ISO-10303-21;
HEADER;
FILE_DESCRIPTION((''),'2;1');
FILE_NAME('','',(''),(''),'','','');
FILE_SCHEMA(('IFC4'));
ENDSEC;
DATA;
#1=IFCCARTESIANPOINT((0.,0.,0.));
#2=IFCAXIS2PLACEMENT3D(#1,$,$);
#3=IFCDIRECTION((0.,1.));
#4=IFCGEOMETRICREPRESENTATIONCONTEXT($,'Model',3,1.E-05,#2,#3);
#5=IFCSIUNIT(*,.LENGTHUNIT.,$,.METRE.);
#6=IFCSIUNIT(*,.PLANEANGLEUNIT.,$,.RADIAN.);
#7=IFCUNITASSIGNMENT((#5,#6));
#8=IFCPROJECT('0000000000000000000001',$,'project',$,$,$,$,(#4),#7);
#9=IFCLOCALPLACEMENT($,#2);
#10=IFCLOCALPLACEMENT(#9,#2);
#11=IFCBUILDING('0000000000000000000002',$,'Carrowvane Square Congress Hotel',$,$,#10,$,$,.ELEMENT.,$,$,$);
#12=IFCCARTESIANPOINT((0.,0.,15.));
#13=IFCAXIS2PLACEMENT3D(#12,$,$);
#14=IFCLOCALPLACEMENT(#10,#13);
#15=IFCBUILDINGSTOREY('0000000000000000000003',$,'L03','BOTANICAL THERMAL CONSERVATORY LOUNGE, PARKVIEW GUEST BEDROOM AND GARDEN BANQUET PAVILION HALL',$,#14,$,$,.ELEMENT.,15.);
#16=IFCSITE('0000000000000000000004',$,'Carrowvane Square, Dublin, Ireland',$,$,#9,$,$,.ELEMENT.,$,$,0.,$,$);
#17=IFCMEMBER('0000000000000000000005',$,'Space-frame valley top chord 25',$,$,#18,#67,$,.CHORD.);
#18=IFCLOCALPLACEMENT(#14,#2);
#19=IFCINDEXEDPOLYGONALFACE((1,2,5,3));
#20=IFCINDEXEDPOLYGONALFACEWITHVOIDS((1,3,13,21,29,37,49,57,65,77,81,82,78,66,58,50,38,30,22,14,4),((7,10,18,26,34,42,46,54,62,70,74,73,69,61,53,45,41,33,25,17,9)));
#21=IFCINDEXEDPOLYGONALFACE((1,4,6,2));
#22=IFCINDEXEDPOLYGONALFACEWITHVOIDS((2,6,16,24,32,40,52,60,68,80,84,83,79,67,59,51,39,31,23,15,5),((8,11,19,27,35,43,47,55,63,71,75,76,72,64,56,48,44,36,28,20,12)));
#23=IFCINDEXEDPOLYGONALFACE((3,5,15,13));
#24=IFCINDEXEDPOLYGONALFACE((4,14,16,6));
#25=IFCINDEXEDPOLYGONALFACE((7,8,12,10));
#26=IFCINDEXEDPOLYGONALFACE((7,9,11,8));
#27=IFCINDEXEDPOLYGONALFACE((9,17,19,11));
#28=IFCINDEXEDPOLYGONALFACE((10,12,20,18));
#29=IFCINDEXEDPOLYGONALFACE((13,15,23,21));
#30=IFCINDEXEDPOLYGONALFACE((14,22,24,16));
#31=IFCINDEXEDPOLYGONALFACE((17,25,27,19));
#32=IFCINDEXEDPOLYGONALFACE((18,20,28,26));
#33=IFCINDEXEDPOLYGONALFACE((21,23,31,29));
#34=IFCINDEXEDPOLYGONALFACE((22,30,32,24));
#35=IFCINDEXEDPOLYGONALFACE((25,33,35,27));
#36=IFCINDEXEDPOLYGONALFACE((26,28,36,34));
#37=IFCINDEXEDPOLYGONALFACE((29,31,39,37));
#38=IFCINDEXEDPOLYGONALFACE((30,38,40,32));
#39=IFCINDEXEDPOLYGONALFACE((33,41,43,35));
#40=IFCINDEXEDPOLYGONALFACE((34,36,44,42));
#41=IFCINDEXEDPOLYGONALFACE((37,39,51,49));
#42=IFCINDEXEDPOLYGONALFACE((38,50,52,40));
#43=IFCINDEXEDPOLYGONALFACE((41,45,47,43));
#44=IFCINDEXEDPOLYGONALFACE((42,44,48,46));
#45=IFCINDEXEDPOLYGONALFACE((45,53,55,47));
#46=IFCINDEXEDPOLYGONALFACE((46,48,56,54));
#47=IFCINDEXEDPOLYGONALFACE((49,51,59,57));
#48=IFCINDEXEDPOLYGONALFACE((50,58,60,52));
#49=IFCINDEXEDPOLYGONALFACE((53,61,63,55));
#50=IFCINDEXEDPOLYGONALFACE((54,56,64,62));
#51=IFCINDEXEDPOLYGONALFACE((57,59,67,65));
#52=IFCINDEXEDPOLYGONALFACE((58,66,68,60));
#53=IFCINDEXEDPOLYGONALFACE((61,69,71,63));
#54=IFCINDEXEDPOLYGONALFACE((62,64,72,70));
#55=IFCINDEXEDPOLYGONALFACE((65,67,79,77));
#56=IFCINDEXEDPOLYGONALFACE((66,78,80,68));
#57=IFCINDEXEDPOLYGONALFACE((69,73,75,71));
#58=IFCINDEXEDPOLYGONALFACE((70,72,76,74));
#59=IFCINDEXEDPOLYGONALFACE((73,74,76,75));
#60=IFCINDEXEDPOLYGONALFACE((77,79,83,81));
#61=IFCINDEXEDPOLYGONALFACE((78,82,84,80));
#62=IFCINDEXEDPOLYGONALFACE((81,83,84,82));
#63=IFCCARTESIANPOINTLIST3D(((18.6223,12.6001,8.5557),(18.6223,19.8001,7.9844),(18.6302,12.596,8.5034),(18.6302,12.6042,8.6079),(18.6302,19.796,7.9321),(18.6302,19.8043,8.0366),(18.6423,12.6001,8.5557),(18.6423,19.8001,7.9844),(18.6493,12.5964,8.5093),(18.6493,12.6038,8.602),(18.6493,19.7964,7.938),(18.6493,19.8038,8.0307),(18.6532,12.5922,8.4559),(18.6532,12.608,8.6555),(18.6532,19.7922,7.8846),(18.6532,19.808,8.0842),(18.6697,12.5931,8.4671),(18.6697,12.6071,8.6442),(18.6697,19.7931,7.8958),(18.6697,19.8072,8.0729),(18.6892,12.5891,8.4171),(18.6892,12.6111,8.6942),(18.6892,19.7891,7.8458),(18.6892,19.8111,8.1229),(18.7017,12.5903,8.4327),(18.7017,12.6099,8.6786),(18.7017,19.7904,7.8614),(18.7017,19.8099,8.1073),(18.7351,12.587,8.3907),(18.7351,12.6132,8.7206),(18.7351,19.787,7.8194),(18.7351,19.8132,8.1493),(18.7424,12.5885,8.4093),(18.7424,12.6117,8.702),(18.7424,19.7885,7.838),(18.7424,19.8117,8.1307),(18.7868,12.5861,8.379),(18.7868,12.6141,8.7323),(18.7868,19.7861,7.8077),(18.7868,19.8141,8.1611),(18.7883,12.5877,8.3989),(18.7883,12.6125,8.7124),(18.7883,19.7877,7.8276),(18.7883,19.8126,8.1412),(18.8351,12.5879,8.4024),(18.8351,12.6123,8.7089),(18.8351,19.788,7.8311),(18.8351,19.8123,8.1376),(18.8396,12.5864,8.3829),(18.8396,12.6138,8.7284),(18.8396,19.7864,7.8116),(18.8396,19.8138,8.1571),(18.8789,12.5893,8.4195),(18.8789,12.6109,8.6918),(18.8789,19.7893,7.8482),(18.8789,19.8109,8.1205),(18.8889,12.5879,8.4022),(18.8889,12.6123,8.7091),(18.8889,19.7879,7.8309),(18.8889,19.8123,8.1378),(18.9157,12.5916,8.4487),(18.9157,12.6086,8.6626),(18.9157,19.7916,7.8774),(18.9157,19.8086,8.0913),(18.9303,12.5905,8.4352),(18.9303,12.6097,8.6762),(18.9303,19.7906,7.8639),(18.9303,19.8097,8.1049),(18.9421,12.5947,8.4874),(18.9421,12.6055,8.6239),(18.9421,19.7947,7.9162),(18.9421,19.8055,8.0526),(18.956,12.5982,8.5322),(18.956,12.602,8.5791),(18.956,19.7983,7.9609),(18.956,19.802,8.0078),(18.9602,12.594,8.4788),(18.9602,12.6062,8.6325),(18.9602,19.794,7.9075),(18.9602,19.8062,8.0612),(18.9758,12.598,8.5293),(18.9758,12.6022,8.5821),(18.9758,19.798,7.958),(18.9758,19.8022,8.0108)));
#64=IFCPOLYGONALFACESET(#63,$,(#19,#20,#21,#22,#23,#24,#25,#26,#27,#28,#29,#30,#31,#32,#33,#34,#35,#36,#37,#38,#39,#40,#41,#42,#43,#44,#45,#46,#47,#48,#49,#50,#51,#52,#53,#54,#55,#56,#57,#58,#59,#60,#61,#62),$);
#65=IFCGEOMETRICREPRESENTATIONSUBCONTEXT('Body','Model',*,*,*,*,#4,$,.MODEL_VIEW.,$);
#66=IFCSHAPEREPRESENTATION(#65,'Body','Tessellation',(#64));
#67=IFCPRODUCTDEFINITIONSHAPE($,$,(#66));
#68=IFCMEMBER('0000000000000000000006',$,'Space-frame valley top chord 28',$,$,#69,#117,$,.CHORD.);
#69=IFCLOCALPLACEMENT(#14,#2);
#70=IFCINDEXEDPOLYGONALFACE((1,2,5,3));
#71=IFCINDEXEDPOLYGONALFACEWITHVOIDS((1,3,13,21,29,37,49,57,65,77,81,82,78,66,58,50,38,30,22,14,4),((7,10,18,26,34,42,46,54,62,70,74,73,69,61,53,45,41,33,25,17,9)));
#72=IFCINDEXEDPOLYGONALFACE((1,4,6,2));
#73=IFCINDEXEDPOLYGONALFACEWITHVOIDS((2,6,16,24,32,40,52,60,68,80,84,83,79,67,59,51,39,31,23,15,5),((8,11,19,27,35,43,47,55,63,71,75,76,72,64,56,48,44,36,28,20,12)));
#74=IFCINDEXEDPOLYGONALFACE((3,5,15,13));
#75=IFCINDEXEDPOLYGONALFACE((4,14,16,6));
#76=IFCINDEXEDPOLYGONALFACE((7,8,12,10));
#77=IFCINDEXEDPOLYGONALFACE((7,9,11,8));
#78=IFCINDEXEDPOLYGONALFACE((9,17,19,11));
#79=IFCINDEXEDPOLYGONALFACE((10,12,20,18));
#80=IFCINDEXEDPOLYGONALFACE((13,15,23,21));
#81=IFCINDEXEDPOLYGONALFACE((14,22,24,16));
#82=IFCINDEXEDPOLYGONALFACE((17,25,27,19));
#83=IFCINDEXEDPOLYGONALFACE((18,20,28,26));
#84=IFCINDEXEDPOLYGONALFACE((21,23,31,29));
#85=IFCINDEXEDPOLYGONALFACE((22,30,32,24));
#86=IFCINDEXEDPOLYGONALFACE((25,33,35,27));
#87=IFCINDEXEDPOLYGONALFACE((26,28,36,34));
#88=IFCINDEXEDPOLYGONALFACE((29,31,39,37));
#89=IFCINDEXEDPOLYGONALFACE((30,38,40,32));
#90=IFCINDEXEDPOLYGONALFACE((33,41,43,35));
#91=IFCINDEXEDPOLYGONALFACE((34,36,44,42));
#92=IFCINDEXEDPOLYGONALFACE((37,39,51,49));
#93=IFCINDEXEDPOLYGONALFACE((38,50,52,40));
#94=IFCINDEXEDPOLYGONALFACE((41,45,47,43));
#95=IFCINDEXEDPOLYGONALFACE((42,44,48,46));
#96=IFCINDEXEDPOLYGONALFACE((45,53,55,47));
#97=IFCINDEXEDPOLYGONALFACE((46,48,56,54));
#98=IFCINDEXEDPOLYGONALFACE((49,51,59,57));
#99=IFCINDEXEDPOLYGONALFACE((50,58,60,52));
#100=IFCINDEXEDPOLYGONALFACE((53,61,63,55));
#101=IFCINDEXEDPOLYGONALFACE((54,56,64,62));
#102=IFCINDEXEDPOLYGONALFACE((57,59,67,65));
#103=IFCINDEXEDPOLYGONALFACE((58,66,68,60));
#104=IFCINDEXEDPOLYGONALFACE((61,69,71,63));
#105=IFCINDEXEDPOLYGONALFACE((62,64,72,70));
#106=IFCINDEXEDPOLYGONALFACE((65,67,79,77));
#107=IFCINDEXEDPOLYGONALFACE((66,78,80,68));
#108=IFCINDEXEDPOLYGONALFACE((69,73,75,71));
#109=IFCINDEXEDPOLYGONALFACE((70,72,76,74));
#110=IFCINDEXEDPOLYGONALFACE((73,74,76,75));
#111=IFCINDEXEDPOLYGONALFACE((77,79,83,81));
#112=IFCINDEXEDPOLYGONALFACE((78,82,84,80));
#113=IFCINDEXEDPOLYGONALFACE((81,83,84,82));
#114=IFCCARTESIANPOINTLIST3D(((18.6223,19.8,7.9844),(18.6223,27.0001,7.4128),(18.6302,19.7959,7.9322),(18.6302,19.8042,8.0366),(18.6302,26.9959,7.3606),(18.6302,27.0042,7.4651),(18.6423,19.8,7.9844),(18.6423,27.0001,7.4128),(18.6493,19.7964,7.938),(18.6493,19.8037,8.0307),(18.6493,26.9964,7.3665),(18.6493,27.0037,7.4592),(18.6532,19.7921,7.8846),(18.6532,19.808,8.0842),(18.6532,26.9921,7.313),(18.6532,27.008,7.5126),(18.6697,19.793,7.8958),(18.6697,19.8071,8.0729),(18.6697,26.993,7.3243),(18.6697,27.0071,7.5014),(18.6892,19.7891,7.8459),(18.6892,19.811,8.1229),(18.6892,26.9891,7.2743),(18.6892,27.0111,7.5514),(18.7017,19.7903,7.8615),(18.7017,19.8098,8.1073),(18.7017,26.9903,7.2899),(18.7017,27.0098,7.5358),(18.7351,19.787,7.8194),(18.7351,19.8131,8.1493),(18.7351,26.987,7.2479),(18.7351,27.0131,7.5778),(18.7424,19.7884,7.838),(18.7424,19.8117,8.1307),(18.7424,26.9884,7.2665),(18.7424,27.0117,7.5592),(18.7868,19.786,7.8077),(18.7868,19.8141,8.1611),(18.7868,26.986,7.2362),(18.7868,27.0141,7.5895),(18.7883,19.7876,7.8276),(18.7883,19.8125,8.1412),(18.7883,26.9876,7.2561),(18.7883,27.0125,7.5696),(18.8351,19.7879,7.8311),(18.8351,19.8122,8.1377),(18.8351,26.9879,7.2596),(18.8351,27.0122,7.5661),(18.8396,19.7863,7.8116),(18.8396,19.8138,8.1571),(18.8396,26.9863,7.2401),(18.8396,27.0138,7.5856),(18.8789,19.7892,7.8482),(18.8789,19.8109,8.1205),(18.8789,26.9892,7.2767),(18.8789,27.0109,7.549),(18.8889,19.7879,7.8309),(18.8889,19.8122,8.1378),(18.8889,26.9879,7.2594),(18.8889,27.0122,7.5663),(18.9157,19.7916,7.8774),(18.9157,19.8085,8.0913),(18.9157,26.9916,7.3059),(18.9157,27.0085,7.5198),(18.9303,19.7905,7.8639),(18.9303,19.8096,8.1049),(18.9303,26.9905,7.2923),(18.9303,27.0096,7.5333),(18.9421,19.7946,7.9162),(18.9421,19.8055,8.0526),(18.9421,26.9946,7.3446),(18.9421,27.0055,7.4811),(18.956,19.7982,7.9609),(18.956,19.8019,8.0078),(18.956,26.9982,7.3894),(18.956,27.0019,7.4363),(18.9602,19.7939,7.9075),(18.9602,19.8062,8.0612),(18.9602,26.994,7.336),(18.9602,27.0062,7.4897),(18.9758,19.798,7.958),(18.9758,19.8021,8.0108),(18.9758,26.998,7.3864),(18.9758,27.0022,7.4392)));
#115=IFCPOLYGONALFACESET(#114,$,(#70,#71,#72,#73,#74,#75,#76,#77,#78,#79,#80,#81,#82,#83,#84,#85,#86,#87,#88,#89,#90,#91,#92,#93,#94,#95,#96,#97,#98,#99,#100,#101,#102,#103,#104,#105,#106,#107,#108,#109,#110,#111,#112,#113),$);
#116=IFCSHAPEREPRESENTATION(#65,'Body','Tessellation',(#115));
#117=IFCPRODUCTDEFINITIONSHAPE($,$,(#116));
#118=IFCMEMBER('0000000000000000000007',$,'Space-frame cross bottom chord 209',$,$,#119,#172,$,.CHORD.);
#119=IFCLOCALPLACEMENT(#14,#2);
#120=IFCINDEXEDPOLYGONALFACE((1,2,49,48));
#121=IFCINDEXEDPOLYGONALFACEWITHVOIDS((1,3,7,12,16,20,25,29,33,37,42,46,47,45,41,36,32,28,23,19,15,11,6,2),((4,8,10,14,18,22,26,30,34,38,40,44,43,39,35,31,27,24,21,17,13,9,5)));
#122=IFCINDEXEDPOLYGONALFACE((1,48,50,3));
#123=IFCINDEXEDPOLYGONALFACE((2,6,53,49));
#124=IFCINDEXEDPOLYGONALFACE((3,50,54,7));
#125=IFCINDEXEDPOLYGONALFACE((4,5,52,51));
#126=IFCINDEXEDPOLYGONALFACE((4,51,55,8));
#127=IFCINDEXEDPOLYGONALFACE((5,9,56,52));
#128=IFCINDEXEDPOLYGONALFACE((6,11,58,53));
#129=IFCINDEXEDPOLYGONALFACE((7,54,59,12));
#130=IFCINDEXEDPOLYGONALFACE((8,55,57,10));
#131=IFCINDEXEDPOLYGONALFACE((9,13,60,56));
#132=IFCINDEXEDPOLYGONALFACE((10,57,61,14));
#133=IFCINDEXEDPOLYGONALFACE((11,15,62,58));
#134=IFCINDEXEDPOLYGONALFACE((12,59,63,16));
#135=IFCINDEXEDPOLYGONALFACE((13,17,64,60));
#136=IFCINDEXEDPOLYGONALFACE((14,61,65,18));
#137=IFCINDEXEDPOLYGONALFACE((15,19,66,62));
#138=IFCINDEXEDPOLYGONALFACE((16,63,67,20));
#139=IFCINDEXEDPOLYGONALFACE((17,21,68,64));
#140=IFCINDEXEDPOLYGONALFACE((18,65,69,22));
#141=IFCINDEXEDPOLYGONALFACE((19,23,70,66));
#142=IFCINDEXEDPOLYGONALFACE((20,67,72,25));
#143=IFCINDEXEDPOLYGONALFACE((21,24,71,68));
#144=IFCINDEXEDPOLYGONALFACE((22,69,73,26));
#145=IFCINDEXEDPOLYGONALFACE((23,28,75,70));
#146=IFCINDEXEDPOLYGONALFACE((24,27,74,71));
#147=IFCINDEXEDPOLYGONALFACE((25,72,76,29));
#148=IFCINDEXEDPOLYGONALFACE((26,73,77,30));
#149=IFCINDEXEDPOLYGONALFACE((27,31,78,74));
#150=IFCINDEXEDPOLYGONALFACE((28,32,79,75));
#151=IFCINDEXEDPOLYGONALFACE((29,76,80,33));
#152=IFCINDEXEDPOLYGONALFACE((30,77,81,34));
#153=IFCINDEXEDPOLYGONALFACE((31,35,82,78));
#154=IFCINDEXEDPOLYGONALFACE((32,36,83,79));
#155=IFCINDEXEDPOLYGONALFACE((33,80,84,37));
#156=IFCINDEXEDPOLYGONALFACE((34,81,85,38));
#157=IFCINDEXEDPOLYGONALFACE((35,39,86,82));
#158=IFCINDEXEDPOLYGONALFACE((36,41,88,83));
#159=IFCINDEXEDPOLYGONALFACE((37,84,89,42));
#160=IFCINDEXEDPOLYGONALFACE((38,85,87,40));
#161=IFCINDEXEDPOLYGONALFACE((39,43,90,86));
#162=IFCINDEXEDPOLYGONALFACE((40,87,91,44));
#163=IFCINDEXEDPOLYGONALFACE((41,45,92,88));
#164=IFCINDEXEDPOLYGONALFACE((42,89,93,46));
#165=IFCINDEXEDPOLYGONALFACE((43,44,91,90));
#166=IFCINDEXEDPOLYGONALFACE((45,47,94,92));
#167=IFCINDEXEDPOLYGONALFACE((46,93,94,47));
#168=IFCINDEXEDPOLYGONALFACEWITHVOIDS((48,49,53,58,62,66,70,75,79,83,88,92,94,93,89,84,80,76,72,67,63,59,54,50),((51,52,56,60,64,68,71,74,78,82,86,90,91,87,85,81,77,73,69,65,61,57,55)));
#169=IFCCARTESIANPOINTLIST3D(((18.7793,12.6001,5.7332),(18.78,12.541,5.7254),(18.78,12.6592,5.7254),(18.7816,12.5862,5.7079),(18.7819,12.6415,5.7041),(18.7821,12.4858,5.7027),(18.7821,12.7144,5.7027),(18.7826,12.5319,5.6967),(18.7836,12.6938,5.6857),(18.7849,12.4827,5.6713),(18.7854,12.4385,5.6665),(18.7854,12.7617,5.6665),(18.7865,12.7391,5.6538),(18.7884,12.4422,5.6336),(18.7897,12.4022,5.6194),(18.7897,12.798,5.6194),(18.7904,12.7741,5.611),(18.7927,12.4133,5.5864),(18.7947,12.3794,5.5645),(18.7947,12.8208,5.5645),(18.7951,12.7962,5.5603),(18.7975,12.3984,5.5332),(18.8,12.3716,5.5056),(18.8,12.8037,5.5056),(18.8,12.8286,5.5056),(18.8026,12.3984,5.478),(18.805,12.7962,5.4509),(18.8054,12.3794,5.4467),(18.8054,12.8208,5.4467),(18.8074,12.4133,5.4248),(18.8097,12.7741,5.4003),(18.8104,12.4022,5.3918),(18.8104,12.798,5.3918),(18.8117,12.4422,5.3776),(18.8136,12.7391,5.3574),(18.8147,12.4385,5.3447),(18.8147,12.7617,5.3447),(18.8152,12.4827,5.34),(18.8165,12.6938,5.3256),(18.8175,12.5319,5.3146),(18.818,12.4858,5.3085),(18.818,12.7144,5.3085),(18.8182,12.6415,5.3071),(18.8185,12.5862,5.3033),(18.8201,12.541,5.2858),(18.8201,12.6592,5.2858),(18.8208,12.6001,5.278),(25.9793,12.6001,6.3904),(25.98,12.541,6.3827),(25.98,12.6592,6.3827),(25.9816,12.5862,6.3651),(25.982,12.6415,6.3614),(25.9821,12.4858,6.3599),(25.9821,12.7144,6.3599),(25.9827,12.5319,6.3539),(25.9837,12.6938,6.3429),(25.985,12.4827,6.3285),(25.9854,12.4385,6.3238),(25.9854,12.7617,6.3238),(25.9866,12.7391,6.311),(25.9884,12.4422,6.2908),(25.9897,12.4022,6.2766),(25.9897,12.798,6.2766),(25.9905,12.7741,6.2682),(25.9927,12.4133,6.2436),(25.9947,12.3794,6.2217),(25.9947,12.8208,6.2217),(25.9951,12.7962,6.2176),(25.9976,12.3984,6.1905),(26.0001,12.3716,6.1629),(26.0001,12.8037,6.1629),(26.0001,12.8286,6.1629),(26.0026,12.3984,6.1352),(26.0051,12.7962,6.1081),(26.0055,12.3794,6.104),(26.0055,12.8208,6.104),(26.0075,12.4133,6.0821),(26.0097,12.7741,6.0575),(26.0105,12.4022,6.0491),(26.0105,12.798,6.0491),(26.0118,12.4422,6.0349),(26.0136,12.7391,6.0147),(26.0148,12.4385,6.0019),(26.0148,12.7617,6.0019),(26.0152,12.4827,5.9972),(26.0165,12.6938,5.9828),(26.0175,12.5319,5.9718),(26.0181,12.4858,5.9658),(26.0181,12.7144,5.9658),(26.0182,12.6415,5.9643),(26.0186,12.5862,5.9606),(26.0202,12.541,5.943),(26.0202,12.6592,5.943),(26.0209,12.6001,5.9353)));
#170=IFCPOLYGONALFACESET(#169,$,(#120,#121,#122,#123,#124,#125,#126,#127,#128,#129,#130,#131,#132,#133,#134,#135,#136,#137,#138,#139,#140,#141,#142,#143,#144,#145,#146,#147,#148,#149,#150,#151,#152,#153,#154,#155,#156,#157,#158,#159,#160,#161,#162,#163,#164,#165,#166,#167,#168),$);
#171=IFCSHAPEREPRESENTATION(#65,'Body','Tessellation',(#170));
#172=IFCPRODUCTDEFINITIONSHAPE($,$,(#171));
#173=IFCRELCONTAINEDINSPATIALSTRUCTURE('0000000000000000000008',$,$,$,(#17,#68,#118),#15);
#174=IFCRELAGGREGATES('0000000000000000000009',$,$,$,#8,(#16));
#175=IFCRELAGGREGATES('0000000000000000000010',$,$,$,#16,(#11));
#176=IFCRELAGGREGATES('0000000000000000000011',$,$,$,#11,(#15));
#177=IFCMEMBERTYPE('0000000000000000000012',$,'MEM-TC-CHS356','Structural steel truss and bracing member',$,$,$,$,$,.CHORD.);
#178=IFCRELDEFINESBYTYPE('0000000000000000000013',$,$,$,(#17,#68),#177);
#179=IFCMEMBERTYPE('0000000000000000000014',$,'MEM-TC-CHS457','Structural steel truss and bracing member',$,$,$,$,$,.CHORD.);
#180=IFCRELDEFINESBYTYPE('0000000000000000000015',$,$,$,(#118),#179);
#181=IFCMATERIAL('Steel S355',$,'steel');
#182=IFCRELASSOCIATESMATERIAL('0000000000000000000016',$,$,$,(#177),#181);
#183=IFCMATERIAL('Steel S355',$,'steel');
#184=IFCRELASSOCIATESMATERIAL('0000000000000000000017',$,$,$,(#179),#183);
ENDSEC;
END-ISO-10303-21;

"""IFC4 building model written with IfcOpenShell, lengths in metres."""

from ifc_helpers import new_model, si_unit, direction, frame, origin, origin_2d, place, context, subcontext, project, spatial, hollow_circle, extrude, material, material_profile, profile_set, type_object, element, save


model = new_model("IFC4")

# Units and contexts
model_context = context("Model", 3, precision=1e-05, world=origin(), true_north=direction((0.0, 1.0)))
body_context = subcontext(model_context, "Body", "Model", "MODEL_VIEW")
ifc_project = project(units=[si_unit("LENGTHUNIT", "METRE"), si_unit("PLANEANGLEUNIT", "RADIAN")], contexts=[model_context])

# Site, building, storey
site_placement = place(None, origin())
site = spatial("IfcSite", under=ifc_project, at=site_placement, Name="Carrowvane Square, Dublin, Ireland", CompositionType="ELEMENT", RefElevation=0.0)
building_placement = place(site_placement, origin())
building = spatial("IfcBuilding", under=site, at=building_placement, Name="Carrowvane Square Congress Hotel", CompositionType="ELEMENT")
storey_placement = place(building_placement, frame((0.0, 0.0, 15.0)))
storey = spatial("IfcBuildingStorey", under=building, at=storey_placement, Name="L03", Description="BOTANICAL THERMAL CONSERVATORY LOUNGE, PARKVIEW GUEST BEDROOM AND GARDEN BANQUET PAVILION HALL", CompositionType="ELEMENT", Elevation=15.0)

# Members
ifc_material_1 = material(Name="Steel S355", Category="steel")
ifc_material_profile_1 = material_profile(ifc_material_1, hollow_circle(Radius=0.1777, WallThickness=0.02, at=origin_2d()), Name="CHS 355.6x20")
ifc_profile_set_1 = profile_set([ifc_material_profile_1], Name="Steel S355")
member_type_1 = type_object("IfcMemberType", Name="MEM-TC-CHS356", Description="Structural steel truss and bracing member", PredefinedType="CHORD", material=ifc_profile_set_1)
for number, where, z_axis, x_axis, name in (
    (1, (18.8, 12.6001, 8.5557), (0.0, 0.996867, -0.079098), (-1.0, 0.0, 0.0), "Space-frame valley top chord 25"),
    (2, (18.8, 19.8, 7.9844), (0.0, 0.996864, -0.079131), (-1.0, 0.0, 0.0), "Space-frame valley top chord 28"),
):
    element("IfcMember", number, at=place(storey_placement, frame(where, z_axis=z_axis, x_axis=x_axis)), inside=storey, type_object=member_type_1, Name=name, PredefinedType="CHORD", context=body_context, shape_type="SweptSolid", body=[
        extrude(hollow_circle(Radius=0.1777, WallThickness=0.02, at=origin_2d()), origin(), (0.0, 0.0, 1.0), 7.2227),
    ])
ifc_material_2 = material(Name="Steel S355", Category="steel")
ifc_material_profile_2 = material_profile(ifc_material_2, hollow_circle(Radius=0.2285, WallThickness=0.0249, at=origin_2d()), Name="CHS 457.0x25")
ifc_profile_set_2 = profile_set([ifc_material_profile_2], Name="Steel S355")
member_type_2 = type_object("IfcMemberType", Name="MEM-TC-CHS457", Description="Structural steel truss and bracing member", PredefinedType="CHORD", material=ifc_profile_set_2)
member_1_placement = place(storey_placement, frame((18.8, 12.6001, 5.5056), z_axis=(0.99586, 0.0, 0.090904), x_axis=(0.0, 1.0, 0.0)))
element("IfcMember", 3, at=member_1_placement, inside=storey, type_object=member_type_2, Name="Space-frame cross bottom chord 209", PredefinedType="CHORD", context=body_context, shape_type="SweptSolid", body=[
    extrude(hollow_circle(Radius=0.2285, WallThickness=0.0249, at=origin_2d()), origin(), (0.0, 0.0, 1.0), 7.23),
])

save(model, "model.ifc")
